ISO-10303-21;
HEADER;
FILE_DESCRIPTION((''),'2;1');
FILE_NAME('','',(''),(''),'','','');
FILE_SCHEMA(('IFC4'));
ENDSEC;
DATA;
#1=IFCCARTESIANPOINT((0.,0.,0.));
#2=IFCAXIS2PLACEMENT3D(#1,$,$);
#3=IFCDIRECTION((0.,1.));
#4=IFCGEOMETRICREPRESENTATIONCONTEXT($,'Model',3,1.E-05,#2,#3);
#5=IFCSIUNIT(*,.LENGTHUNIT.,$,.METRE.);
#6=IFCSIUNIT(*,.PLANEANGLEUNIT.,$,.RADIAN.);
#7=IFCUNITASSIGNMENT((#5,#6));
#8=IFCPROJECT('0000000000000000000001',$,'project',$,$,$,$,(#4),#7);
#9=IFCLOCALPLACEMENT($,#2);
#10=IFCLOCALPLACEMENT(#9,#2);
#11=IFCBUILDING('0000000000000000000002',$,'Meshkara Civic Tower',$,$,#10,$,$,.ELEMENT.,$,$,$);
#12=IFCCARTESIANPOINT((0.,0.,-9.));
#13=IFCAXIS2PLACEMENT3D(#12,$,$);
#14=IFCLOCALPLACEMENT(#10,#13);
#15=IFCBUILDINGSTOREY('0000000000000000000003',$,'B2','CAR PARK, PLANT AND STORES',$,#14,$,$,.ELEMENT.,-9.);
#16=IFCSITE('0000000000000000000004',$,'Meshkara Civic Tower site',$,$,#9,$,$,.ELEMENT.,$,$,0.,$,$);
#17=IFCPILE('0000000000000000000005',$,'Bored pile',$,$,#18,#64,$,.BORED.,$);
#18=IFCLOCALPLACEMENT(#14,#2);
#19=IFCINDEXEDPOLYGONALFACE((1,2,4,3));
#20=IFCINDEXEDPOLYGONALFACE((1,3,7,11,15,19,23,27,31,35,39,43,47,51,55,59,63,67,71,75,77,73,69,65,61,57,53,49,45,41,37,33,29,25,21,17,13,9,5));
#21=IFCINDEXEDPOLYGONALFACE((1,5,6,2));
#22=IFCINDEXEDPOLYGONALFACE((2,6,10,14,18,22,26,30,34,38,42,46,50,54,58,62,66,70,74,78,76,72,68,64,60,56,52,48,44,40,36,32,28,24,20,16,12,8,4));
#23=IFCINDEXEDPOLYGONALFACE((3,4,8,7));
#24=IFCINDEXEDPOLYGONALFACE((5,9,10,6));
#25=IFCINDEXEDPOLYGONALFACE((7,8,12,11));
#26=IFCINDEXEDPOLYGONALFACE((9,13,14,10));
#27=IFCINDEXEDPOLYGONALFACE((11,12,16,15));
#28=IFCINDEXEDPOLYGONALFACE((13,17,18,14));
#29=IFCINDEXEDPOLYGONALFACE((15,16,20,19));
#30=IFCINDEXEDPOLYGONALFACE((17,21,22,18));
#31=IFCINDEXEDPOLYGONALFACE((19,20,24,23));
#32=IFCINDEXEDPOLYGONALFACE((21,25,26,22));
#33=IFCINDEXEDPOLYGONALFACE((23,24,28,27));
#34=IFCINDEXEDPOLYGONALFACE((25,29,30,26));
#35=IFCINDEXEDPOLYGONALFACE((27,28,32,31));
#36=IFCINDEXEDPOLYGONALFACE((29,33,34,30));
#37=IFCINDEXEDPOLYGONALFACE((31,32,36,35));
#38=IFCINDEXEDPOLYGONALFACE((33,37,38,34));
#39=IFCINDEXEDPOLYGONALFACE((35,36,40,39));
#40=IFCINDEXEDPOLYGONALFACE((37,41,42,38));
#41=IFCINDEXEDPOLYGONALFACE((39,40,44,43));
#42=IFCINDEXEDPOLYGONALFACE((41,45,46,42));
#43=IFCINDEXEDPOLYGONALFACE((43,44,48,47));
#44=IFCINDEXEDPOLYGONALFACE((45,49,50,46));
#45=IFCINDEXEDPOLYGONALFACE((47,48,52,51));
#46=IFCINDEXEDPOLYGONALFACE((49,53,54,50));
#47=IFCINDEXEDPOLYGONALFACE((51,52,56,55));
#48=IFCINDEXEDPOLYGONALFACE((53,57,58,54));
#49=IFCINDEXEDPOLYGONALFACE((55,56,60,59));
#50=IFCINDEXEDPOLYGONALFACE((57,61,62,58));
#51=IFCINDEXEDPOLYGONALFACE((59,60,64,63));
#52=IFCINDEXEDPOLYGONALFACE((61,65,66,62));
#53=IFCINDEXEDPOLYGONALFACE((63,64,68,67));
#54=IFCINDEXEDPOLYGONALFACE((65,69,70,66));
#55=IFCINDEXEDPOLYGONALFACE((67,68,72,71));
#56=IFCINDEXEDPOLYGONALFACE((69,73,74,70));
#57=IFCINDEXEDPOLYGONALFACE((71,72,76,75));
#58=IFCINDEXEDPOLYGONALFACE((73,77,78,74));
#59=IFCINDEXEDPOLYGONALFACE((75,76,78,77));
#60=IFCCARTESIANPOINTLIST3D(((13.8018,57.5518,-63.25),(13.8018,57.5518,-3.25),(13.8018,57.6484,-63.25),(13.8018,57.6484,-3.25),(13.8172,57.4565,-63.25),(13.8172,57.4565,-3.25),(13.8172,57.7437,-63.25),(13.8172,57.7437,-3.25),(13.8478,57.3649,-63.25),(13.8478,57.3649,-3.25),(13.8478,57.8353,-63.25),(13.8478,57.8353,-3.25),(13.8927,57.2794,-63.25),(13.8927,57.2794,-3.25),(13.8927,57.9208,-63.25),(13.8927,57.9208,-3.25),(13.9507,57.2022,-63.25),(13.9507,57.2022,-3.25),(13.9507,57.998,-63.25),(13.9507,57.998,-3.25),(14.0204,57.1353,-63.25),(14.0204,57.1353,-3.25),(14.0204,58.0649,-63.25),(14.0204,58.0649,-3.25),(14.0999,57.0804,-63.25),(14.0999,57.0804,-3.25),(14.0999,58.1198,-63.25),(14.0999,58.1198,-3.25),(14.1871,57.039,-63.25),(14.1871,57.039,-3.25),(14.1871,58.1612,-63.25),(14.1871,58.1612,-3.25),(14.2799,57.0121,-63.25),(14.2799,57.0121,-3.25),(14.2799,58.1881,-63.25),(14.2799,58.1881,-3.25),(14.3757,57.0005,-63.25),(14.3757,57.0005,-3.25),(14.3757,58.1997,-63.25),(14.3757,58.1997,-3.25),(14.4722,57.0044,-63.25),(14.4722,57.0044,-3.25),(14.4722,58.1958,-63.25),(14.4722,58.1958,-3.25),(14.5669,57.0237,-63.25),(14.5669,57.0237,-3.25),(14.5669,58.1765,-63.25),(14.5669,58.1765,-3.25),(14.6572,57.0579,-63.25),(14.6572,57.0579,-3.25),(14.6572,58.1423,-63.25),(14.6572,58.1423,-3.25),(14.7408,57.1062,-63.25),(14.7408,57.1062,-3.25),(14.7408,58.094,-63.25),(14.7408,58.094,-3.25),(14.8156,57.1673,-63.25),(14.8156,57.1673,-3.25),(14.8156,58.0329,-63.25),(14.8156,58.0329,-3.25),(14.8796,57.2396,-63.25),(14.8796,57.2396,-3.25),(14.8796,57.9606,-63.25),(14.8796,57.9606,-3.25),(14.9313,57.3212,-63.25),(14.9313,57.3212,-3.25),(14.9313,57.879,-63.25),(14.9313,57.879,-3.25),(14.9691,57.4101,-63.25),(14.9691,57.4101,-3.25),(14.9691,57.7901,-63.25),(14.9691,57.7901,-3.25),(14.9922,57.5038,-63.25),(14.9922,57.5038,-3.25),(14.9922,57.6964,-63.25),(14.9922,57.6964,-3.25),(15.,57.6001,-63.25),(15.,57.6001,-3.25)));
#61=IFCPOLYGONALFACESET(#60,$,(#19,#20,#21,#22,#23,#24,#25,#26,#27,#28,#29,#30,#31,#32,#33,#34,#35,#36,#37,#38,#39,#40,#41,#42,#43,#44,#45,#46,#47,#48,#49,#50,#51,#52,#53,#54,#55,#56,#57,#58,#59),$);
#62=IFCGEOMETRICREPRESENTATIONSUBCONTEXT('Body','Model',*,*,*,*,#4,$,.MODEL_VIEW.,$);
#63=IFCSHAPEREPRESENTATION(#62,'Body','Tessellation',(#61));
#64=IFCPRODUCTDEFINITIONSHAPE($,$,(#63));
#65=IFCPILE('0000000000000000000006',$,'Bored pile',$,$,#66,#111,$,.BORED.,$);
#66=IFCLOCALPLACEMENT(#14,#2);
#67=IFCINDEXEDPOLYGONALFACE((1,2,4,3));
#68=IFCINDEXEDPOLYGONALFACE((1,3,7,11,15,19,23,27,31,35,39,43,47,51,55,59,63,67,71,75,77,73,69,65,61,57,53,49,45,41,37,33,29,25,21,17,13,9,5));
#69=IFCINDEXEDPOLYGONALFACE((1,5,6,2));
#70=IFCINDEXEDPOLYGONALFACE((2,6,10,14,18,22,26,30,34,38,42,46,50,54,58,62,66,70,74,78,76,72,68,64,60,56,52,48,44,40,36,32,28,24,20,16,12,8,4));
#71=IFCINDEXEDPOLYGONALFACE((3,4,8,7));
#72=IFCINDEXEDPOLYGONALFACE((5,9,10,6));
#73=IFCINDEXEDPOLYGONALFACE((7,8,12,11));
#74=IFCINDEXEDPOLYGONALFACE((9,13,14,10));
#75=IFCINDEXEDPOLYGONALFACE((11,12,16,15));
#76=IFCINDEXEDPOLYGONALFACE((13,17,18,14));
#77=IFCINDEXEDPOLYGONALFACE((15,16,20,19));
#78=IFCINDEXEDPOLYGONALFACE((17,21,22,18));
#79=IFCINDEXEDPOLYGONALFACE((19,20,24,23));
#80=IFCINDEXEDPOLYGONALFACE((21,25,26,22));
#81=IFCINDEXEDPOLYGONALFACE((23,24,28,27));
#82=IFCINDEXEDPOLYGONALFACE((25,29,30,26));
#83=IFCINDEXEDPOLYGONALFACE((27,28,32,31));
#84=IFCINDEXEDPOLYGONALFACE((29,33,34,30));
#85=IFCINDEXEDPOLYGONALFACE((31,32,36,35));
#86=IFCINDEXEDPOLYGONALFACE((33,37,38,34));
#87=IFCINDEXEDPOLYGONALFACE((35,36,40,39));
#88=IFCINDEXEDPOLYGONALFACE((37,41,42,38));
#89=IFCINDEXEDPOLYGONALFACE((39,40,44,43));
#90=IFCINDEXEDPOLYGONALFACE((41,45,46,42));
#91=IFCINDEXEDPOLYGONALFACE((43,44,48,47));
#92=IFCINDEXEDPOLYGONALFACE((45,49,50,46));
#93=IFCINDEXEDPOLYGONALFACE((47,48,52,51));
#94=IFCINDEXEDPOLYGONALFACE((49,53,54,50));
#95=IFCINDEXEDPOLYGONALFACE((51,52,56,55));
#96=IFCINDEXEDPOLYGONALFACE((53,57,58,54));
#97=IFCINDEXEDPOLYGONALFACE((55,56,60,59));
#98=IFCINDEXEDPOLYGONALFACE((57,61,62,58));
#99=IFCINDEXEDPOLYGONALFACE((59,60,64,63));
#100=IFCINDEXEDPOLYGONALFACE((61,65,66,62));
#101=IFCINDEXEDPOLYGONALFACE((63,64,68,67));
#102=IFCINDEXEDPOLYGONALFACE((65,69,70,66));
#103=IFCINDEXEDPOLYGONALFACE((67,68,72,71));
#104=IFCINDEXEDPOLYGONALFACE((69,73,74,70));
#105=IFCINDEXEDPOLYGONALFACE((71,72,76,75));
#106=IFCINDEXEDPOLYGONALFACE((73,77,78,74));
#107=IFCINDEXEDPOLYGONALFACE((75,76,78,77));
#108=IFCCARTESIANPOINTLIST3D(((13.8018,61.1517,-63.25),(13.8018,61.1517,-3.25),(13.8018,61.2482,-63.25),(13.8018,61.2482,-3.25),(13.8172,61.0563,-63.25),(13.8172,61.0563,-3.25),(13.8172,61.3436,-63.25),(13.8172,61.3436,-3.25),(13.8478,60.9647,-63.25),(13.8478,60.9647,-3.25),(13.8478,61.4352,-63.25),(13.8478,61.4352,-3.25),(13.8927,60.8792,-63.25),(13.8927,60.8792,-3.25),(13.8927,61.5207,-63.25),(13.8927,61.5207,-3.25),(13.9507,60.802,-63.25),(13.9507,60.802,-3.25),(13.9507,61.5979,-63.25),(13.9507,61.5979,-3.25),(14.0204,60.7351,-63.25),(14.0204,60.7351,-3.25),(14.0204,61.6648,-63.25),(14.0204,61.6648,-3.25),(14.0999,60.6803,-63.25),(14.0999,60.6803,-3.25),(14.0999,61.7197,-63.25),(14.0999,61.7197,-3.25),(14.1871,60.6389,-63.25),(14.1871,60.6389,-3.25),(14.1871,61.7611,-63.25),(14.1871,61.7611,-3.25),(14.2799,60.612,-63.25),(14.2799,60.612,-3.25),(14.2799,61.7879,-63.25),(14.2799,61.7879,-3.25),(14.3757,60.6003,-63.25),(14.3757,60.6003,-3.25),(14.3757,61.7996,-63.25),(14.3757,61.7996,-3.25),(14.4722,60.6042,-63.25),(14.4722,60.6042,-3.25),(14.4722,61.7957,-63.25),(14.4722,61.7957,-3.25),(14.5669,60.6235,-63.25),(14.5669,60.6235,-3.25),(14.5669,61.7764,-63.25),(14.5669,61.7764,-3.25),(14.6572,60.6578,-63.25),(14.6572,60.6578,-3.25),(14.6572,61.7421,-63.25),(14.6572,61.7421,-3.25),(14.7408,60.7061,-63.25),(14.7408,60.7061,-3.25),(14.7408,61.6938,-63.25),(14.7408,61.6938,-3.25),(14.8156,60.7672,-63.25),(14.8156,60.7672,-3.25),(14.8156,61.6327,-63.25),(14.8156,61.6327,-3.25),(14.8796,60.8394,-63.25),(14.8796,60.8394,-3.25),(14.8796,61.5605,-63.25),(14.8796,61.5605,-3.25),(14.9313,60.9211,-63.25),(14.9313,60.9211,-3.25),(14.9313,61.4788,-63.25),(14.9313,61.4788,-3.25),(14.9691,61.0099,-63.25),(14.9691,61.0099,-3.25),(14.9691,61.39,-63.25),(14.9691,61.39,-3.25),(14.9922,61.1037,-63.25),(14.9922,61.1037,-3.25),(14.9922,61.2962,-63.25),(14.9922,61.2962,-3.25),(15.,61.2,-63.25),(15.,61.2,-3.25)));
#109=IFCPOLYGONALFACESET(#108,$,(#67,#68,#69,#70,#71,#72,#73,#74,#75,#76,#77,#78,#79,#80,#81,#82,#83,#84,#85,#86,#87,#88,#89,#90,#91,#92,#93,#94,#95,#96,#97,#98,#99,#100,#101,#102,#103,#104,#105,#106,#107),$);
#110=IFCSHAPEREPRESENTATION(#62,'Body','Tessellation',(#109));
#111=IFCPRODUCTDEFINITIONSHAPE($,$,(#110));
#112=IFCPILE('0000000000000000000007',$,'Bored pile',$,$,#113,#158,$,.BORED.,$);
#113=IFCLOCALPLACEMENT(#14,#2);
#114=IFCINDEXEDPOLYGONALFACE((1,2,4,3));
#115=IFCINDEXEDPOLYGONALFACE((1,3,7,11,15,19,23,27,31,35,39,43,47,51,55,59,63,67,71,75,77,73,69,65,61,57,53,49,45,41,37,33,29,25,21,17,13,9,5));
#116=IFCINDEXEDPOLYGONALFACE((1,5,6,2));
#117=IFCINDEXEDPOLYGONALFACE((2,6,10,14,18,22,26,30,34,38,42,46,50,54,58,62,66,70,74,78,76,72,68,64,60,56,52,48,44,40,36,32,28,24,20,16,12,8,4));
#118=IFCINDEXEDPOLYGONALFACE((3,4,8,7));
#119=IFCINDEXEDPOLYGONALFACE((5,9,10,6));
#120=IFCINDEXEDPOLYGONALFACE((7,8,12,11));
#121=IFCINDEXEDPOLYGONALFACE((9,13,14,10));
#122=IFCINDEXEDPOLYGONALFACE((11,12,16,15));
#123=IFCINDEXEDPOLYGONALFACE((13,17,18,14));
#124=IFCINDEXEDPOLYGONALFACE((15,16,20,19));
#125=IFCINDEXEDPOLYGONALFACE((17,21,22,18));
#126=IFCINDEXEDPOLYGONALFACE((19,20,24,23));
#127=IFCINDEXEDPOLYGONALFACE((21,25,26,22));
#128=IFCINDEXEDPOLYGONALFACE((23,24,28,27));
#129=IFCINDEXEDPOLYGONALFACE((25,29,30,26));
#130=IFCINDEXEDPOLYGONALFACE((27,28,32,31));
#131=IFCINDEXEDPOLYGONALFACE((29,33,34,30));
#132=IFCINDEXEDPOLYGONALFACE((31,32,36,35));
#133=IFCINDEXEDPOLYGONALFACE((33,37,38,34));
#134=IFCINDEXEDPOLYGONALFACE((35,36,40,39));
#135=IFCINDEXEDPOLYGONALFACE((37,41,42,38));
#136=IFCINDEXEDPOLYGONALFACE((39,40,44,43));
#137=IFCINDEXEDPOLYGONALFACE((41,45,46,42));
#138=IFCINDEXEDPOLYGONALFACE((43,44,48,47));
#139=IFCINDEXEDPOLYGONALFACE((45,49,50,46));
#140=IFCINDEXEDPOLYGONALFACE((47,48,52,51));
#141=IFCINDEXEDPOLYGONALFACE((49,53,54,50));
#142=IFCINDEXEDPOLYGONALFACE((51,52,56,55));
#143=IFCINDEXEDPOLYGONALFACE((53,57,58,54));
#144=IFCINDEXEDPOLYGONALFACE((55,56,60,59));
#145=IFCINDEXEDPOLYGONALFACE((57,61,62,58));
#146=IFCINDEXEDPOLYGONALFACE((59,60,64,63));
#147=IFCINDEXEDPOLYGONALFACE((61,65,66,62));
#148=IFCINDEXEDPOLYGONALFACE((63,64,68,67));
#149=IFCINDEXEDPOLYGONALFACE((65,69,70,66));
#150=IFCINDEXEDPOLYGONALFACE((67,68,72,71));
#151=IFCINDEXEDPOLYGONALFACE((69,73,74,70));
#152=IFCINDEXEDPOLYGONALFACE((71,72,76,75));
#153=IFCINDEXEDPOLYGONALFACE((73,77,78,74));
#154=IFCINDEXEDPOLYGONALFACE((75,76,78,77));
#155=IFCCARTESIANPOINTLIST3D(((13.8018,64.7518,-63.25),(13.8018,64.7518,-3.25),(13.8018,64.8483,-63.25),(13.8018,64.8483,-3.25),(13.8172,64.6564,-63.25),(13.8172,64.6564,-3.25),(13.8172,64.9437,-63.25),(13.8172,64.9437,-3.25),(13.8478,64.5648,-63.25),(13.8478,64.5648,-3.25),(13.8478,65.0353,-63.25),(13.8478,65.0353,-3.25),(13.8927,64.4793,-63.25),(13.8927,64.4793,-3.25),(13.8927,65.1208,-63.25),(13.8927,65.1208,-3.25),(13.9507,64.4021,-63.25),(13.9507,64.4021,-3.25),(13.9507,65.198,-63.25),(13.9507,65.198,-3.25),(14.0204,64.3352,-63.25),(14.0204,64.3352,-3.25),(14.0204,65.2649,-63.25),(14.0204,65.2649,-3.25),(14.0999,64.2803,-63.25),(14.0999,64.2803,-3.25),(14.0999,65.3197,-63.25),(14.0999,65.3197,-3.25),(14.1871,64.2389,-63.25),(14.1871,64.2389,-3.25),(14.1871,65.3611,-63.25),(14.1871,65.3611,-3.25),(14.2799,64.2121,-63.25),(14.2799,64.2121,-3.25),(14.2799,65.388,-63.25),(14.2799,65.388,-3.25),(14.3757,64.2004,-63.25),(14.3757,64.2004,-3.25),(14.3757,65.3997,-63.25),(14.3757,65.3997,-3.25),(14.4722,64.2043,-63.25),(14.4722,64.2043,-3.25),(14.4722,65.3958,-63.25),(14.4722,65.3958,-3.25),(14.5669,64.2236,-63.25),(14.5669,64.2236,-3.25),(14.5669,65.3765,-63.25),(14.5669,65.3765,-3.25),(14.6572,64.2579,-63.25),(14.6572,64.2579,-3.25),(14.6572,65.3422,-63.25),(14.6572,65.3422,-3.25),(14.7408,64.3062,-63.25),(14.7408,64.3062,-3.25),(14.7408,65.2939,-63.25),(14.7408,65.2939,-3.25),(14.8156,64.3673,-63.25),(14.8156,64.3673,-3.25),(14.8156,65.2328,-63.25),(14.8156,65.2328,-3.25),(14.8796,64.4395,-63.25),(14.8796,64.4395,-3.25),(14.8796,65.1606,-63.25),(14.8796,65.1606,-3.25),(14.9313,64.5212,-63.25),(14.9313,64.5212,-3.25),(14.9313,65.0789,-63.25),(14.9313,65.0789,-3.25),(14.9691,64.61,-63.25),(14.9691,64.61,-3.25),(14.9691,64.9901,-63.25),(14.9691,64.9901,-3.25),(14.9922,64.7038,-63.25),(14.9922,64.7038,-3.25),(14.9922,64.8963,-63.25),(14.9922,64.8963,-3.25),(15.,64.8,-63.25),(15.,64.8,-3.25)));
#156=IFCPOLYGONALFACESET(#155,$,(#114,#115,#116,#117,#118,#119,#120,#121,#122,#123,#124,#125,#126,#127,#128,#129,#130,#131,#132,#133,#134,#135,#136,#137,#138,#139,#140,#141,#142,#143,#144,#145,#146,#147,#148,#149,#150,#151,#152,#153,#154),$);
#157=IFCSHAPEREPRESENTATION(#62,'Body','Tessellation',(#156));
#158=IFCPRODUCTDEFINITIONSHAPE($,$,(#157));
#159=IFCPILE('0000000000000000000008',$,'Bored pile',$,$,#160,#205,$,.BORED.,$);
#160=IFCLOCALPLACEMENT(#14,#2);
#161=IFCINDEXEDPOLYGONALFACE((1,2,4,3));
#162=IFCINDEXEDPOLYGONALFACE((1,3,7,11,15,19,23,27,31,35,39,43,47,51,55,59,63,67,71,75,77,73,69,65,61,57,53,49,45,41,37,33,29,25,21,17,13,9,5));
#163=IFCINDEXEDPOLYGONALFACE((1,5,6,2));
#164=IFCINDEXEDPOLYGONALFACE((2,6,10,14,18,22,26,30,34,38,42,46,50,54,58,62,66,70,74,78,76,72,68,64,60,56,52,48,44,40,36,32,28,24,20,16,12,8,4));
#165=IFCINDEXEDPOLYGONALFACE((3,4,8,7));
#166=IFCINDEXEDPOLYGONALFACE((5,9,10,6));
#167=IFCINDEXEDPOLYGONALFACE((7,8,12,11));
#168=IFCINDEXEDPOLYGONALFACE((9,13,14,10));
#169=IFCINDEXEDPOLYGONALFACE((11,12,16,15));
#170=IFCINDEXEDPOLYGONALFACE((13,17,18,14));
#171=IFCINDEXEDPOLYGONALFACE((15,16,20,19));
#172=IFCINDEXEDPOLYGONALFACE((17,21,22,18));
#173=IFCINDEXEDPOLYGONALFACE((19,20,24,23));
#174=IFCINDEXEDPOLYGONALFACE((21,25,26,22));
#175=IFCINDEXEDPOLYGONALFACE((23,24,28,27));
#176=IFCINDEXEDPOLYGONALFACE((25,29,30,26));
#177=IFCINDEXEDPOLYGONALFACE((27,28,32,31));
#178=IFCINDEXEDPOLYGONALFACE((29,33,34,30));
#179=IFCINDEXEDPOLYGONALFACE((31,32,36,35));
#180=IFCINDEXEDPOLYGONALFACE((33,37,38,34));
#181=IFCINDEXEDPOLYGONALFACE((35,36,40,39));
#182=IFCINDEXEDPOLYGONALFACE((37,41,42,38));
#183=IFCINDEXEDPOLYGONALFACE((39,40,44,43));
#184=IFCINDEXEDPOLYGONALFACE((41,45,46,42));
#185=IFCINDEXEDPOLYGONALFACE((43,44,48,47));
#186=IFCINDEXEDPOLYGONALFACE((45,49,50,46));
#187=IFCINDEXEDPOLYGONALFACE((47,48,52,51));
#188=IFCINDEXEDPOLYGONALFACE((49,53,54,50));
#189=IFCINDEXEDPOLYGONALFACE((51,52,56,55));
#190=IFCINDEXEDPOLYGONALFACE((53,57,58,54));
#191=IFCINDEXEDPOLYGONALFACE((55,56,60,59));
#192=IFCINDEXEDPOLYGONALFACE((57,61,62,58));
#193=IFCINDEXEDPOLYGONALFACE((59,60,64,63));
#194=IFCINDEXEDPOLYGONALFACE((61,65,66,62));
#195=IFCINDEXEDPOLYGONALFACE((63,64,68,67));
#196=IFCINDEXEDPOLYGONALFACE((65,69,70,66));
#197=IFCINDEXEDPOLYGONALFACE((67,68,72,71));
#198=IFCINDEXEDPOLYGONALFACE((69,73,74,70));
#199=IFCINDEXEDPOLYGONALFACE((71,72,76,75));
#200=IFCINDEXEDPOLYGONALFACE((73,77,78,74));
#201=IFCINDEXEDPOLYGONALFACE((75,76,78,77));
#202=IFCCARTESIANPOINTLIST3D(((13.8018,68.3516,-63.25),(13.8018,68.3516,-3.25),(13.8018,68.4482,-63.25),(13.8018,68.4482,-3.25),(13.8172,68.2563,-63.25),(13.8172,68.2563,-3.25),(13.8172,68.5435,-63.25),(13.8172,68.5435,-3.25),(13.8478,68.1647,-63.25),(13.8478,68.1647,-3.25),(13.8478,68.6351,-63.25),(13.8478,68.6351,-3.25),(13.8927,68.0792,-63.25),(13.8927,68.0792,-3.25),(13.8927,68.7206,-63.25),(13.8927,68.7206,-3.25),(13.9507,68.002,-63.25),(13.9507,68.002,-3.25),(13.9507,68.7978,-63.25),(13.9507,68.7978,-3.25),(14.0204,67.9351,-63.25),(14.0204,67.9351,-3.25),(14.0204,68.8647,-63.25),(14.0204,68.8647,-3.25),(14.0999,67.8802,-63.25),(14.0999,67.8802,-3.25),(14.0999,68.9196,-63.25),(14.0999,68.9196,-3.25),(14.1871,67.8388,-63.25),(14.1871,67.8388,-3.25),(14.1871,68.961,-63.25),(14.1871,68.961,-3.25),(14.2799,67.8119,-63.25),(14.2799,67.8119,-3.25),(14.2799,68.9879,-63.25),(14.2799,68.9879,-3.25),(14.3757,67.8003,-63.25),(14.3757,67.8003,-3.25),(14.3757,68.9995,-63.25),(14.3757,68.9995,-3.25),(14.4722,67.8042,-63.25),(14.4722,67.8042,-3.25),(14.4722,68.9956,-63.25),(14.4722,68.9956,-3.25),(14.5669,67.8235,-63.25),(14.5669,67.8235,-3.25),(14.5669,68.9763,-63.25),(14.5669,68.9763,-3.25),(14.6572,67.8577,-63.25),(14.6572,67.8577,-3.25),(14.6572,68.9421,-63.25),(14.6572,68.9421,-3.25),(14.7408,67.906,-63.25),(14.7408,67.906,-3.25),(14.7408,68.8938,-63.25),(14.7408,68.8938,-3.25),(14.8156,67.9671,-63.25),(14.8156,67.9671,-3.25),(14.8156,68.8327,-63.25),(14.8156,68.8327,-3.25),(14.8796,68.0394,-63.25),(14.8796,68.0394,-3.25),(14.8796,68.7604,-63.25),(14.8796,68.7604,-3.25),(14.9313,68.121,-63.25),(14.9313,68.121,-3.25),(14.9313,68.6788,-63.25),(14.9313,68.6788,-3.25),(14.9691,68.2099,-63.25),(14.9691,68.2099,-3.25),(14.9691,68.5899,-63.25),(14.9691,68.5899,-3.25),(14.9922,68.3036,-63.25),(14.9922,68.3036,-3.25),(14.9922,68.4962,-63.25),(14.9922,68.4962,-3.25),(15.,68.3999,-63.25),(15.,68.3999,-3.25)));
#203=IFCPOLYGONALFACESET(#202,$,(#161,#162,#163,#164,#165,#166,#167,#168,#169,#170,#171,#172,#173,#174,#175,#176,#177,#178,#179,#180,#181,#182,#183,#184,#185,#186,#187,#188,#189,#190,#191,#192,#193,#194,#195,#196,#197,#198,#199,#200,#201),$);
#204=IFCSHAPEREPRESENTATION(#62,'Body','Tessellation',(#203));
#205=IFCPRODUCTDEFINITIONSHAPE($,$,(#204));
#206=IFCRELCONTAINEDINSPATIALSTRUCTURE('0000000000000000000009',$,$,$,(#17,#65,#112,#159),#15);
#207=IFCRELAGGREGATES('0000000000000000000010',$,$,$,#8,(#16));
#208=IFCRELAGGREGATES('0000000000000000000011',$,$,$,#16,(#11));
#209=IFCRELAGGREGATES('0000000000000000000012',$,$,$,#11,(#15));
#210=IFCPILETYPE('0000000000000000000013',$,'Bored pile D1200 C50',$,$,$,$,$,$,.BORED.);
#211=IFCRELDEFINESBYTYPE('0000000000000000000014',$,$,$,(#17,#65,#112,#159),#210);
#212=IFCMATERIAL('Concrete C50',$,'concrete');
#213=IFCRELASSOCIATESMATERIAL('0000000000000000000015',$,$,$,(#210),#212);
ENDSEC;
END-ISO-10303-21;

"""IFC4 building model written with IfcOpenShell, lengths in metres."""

from ifc_helpers import new_model, si_unit, direction, frame, origin, origin_2d, place, context, subcontext, project, spatial, circle, extrude, material, material_profile, profile_set, type_object, element, save


model = new_model("IFC4")

# Units and contexts
model_context = context("Model", 3, precision=1e-05, world=origin(), true_north=direction((0.0, 1.0)))
body_context = subcontext(model_context, "Body", "Model", "MODEL_VIEW")
ifc_project = project(units=[si_unit("LENGTHUNIT", "METRE"), si_unit("PLANEANGLEUNIT", "RADIAN")], contexts=[model_context])

# Site, building, storey
site_placement = place(None, origin())
site = spatial("IfcSite", under=ifc_project, at=site_placement, Name="Meshkara Civic Tower site", CompositionType="ELEMENT", RefElevation=0.0)
building_placement = place(site_placement, origin())
building = spatial("IfcBuilding", under=site, at=building_placement, Name="Meshkara Civic Tower", CompositionType="ELEMENT")
storey_placement = place(building_placement, frame((0.0, 0.0, -9.0)))
storey = spatial("IfcBuildingStorey", under=building, at=storey_placement, Name="B2", Description="CAR PARK, PLANT AND STORES", CompositionType="ELEMENT", Elevation=-9.0)

# Piles
ifc_material_1 = material(Name="Concrete C50", Category="concrete")
ifc_material_profile_1 = material_profile(ifc_material_1, circle(Radius=0.6001, at=origin_2d()))
ifc_profile_set_1 = profile_set([ifc_material_profile_1], Name="Concrete C50")
pile_type = type_object("IfcPileType", Name="Bored pile D1200 C50", PredefinedType="BORED", material=ifc_profile_set_1)
for number, where, z_axis, x_axis, name in (
    (1, (14.3999, 57.6001, -3.25), (0.0, 0.0, -1.0), (1.0, 0.0, 0.0), "Bored pile"),
    (2, (14.3999, 61.2, -3.25), (0.0, 0.0, -1.0), (1.0, 0.0, 0.0), "Bored pile"),
    (3, (14.3999, 64.8, -3.25), (0.0, 0.0, -1.0), (1.0, 0.0, 0.0), "Bored pile"),
    (4, (14.3999, 68.3999, -3.25), (0.0, 0.0, -1.0), (1.0, 0.0, 0.0), "Bored pile"),
):
    element("IfcPile", number, at=place(storey_placement, frame(where, z_axis=z_axis, x_axis=x_axis)), inside=storey, type_object=pile_type, Name=name, PredefinedType="BORED", context=body_context, shape_type="SweptSolid", body=[
        extrude(circle(Radius=0.6001, at=origin_2d()), origin(), (0.0, 0.0, 1.0), 60.0),
    ])

save(model, "model.ifc")
